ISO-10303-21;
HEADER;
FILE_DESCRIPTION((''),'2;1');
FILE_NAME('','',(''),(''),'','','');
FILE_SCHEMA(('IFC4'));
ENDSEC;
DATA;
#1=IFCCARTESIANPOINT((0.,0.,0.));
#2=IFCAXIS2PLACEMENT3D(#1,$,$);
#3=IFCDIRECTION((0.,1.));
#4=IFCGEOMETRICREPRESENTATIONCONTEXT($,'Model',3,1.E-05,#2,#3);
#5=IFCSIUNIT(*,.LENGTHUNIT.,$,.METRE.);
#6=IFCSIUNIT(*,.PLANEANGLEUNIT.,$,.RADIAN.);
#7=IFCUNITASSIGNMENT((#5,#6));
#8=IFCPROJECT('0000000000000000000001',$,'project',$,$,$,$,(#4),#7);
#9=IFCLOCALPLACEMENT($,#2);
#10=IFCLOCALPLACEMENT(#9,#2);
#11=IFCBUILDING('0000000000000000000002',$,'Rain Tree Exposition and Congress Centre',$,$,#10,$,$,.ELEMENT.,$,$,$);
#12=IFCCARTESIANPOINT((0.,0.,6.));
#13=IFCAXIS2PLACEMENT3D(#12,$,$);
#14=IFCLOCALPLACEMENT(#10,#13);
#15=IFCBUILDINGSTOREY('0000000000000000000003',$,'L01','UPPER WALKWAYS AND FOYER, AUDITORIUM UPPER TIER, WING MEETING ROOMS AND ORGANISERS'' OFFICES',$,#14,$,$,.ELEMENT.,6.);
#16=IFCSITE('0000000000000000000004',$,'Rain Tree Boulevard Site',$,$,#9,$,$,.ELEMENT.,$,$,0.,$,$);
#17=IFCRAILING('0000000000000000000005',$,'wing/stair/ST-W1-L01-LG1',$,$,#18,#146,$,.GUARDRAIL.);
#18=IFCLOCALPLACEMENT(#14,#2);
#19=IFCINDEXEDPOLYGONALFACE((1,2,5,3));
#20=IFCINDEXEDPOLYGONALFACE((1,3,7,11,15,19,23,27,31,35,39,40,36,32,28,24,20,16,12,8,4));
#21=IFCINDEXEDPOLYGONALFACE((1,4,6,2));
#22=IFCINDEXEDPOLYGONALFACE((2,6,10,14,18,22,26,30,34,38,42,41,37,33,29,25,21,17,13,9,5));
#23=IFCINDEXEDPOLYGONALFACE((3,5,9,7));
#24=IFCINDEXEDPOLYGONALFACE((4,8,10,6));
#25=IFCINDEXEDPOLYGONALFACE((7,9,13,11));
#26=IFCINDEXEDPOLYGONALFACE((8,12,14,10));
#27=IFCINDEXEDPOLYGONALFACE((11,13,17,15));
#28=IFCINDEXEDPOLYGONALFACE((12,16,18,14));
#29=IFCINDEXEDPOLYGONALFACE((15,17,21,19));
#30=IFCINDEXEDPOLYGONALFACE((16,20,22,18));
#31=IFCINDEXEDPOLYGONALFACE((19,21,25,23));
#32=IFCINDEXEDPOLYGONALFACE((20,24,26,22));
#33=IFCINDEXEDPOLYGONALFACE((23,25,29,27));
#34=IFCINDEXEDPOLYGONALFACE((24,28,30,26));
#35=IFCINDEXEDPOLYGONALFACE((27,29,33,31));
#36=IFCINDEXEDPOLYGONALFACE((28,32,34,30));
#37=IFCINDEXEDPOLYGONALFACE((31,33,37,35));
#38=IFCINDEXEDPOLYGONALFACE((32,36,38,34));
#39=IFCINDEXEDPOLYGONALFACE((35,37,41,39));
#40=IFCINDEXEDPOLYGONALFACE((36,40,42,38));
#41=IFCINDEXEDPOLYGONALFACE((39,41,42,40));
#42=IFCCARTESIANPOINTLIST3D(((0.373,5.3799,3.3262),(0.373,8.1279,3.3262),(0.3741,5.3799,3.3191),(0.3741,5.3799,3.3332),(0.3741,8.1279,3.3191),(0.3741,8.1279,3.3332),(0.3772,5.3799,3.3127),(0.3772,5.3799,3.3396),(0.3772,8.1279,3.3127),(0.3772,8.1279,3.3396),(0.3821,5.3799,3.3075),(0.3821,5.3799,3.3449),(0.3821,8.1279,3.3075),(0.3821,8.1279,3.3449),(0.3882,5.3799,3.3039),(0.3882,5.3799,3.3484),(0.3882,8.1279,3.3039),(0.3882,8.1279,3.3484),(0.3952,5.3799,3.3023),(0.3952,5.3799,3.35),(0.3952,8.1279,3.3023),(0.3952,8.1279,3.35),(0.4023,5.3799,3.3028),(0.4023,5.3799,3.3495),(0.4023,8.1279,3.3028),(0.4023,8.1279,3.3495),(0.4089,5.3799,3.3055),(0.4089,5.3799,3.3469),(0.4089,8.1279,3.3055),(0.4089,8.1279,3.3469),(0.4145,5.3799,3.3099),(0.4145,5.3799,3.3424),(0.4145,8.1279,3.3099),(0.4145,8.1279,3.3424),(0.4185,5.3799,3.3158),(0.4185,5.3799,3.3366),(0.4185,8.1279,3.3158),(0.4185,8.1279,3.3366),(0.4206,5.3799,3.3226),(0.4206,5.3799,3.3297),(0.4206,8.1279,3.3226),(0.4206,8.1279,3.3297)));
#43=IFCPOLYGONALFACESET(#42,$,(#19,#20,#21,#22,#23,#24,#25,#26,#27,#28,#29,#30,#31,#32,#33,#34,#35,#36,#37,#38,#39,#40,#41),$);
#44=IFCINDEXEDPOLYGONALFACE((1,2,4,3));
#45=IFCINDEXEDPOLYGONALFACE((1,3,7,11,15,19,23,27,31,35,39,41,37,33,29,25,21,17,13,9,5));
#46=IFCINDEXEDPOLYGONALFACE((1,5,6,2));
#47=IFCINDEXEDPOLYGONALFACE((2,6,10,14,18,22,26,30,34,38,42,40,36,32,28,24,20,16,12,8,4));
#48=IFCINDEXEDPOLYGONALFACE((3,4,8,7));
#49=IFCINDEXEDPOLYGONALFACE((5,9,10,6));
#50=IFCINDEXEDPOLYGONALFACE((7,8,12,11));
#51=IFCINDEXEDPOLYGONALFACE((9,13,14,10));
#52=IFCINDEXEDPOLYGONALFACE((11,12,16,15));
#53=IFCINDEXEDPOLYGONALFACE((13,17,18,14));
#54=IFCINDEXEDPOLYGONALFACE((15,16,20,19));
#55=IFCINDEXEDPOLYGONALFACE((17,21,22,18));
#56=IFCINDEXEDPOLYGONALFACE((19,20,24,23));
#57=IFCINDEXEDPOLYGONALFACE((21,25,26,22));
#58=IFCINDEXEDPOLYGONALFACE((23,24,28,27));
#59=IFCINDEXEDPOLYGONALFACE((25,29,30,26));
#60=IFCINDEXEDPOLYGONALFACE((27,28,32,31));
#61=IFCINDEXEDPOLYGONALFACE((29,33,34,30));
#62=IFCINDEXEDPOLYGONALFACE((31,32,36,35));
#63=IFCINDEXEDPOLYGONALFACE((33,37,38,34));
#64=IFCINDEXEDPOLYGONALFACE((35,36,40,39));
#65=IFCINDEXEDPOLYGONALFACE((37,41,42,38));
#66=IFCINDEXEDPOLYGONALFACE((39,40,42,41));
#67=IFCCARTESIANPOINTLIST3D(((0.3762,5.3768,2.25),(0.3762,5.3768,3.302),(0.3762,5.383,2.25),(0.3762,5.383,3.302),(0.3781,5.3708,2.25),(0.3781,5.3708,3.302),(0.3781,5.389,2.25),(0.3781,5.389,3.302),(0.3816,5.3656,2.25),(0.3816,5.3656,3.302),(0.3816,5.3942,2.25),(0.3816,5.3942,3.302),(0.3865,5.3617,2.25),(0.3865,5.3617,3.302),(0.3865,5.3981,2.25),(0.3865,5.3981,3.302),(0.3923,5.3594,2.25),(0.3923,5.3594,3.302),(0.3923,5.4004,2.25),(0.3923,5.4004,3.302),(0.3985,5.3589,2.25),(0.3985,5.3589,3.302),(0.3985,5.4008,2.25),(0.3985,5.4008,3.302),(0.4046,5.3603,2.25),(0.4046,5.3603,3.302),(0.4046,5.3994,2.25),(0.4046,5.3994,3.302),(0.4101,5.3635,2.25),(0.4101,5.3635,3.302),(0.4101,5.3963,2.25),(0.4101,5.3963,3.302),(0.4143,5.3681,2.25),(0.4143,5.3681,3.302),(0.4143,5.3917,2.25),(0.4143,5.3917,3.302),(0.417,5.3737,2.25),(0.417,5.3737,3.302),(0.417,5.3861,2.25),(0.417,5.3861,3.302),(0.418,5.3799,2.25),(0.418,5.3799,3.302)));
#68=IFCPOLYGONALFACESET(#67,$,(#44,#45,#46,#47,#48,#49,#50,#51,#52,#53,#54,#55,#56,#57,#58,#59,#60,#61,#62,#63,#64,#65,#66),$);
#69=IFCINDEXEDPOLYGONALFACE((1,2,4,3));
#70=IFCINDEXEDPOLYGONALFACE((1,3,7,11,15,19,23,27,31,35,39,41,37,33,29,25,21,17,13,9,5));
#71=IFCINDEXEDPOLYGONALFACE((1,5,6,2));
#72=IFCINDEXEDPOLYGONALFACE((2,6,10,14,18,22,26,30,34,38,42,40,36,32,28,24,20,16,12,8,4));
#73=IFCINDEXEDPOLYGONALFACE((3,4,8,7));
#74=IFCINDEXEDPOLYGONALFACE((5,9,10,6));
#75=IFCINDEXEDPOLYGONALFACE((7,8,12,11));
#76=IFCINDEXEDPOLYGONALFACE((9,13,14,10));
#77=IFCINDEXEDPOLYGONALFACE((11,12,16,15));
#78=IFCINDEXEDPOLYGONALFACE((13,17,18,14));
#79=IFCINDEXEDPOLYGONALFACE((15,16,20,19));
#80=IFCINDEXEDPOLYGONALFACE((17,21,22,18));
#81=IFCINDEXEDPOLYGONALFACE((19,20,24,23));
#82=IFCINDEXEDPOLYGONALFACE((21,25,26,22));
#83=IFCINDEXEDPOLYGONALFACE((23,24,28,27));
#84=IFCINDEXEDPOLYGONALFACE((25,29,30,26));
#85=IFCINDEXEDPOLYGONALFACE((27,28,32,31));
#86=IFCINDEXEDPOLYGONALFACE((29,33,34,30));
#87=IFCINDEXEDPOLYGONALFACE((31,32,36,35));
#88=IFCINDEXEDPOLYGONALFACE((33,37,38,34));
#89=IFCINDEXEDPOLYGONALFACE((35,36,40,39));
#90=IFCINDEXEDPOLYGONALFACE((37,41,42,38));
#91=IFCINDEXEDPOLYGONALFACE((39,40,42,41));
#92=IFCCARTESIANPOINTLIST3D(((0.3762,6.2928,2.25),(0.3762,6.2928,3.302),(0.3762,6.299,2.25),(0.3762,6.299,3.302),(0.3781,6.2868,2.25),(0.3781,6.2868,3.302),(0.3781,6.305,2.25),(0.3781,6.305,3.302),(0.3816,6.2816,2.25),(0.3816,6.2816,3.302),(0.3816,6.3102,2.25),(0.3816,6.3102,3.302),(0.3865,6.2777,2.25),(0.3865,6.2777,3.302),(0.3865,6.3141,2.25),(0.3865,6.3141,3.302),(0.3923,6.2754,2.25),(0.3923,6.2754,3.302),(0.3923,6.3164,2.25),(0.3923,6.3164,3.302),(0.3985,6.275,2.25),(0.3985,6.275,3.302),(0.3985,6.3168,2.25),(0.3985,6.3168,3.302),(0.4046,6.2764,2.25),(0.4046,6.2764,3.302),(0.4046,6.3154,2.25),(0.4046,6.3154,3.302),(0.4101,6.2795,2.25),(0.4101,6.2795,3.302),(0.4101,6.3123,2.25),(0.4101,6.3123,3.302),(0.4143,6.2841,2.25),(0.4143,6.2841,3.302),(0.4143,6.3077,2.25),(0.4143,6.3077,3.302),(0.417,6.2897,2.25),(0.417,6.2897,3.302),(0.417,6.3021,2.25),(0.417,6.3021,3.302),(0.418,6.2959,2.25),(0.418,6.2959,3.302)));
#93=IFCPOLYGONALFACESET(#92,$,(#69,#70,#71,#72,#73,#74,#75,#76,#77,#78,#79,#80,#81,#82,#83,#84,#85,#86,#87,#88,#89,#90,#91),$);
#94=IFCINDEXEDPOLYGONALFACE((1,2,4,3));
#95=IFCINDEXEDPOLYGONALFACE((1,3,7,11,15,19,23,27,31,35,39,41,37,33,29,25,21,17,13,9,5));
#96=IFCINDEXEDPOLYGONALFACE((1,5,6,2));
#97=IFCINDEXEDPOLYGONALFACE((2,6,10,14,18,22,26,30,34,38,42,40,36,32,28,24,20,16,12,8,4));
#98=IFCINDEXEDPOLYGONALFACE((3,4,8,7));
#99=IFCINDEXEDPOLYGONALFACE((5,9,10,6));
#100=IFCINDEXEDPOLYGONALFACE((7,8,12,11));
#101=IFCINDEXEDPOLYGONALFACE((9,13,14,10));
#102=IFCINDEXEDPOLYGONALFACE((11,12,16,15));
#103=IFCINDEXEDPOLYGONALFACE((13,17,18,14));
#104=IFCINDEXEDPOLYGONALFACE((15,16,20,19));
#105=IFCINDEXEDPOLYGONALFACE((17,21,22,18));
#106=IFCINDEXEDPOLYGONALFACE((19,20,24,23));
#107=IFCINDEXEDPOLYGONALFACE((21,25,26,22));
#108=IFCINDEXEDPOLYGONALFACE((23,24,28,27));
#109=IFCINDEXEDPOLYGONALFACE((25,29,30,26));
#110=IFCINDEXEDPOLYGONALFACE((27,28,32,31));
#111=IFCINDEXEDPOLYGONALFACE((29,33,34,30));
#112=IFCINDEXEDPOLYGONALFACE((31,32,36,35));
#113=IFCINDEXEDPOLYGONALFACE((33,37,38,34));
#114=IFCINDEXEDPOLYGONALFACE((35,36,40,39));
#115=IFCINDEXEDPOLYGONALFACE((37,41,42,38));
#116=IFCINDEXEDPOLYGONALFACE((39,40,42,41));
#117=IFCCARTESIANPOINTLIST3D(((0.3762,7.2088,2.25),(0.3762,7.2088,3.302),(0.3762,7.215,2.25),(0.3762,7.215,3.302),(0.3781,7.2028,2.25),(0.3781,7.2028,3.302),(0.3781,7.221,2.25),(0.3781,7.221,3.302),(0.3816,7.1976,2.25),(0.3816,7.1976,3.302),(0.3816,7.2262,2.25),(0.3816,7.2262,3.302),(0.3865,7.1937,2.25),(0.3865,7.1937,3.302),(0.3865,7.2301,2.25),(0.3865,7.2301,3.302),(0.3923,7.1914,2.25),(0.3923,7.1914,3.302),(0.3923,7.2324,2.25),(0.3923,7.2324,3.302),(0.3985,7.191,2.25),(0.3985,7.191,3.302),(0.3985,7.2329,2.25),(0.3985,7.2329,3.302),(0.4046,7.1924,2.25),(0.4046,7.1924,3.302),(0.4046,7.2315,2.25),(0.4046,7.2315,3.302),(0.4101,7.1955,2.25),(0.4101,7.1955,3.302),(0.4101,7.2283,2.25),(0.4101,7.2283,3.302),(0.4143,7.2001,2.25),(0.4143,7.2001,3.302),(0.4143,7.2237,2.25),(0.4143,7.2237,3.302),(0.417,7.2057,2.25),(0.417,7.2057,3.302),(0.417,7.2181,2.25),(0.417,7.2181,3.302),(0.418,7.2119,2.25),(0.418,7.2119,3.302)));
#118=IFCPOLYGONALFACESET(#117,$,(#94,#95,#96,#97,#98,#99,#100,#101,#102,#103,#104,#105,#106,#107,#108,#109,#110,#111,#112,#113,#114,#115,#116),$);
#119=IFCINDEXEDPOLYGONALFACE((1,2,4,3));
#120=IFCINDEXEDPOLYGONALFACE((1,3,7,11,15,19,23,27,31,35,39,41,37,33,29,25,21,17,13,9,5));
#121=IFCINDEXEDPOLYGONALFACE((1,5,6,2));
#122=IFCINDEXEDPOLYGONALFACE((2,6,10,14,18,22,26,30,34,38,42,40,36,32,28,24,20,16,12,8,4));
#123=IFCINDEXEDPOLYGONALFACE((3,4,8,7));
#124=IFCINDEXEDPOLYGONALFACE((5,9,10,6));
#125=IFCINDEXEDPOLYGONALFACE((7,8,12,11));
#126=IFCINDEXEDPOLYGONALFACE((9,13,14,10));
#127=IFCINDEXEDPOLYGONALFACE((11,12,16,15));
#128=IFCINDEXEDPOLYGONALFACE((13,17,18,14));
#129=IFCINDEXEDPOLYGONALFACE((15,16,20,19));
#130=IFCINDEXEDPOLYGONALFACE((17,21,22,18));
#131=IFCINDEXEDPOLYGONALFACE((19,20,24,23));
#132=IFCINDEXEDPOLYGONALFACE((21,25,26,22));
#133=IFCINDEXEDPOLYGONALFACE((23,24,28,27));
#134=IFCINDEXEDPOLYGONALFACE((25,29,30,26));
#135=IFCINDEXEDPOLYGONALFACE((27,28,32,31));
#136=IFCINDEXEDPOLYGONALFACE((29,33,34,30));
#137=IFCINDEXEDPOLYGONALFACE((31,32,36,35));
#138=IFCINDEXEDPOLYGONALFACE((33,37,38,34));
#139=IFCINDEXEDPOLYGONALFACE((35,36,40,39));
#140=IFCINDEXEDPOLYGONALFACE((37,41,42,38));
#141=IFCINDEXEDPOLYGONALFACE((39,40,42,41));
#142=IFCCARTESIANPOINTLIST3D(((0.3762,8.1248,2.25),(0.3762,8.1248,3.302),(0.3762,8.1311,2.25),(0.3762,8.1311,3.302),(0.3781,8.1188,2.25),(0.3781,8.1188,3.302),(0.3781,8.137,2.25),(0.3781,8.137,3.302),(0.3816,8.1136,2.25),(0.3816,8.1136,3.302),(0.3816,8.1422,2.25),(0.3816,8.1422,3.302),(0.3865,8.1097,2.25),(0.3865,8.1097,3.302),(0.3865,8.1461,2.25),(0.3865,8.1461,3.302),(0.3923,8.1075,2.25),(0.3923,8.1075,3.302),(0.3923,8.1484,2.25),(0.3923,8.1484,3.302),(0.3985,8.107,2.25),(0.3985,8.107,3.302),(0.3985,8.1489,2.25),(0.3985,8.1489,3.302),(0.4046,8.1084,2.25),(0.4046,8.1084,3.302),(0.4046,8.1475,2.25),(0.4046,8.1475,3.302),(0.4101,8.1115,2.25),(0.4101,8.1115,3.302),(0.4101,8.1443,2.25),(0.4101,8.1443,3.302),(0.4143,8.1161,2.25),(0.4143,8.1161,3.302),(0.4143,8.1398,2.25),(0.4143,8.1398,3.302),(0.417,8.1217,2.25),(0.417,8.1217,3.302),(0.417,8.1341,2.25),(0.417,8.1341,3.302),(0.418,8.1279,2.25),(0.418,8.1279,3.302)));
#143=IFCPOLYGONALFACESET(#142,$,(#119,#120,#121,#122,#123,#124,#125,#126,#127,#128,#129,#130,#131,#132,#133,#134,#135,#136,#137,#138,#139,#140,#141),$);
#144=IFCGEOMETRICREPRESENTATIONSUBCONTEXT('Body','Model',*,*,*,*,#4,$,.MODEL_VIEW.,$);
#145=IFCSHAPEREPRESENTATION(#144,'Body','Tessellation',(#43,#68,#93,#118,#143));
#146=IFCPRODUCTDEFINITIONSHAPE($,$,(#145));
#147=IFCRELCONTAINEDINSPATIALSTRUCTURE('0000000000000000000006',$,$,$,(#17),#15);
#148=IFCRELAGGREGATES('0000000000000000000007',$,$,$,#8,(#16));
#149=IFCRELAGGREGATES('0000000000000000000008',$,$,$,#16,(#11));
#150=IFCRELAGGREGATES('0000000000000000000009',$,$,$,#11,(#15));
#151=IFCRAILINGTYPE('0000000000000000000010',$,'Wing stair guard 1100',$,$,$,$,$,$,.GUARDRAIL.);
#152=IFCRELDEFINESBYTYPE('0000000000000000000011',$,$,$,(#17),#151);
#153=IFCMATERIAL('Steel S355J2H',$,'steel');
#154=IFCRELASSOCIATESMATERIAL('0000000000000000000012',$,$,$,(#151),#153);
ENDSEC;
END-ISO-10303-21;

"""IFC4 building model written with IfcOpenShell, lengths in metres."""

from ifc_helpers import new_model, si_unit, direction, frame, origin, origin_2d, place, context, subcontext, project, spatial, circle, extrude, material, type_object, element, save


model = new_model("IFC4")

# Units and contexts
model_context = context("Model", 3, precision=1e-05, world=origin(), true_north=direction((0.0, 1.0)))
body_context = subcontext(model_context, "Body", "Model", "MODEL_VIEW")
ifc_project = project(units=[si_unit("LENGTHUNIT", "METRE"), si_unit("PLANEANGLEUNIT", "RADIAN")], contexts=[model_context])

# Site, building, storey
site_placement = place(None, origin())
site = spatial("IfcSite", under=ifc_project, at=site_placement, Name="Rain Tree Boulevard Site", CompositionType="ELEMENT", RefElevation=0.0)
building_placement = place(site_placement, origin())
building = spatial("IfcBuilding", under=site, at=building_placement, Name="Rain Tree Exposition and Congress Centre", CompositionType="ELEMENT")
storey_placement = place(building_placement, frame((0.0, 0.0, 6.0)))
storey = spatial("IfcBuildingStorey", under=building, at=storey_placement, Name="L01", Description="UPPER WALKWAYS AND FOYER, AUDITORIUM UPPER TIER, WING MEETING ROOMS AND ORGANISERS' OFFICES", CompositionType="ELEMENT", Elevation=6.0)

# Railing
ifc_material_1 = material(Name="Steel S355J2H", Category="steel")
railing_type = type_object("IfcRailingType", Name="Wing stair guard 1100", PredefinedType="GUARDRAIL", material=ifc_material_1)
railing_1_placement = place(storey_placement, frame((0.397, 5.3799, 2.25)))
element("IfcRailing", 1, at=railing_1_placement, inside=storey, type_object=railing_type, Name="wing/stair/ST-W1-L01-LG1", PredefinedType="GUARDRAIL", context=body_context, shape_type="SweptSolid", body=[
    extrude(circle(Radius=0.0239, at=origin_2d()), frame((0.0, 0.0, 1.0762), z_axis=(0.0, 1.0, 0.0), x_axis=(-1.0, 0.0, 0.0)), (0.0, 0.0, 1.0), 2.748),
    extrude(circle(Radius=0.021, at=origin_2d()), origin(), (0.0, 0.0, 1.0), 1.052),
    extrude(circle(Radius=0.021, at=origin_2d()), frame((0.0, 0.916, 0.0)), (0.0, 0.0, 1.0), 1.052),
    extrude(circle(Radius=0.021, at=origin_2d()), frame((0.0, 1.832, 0.0)), (0.0, 0.0, 1.0), 1.052),
    extrude(circle(Radius=0.021, at=origin_2d()), frame((0.0, 2.748, 0.0)), (0.0, 0.0, 1.0), 1.052),
])

save(model, "model.ifc")
